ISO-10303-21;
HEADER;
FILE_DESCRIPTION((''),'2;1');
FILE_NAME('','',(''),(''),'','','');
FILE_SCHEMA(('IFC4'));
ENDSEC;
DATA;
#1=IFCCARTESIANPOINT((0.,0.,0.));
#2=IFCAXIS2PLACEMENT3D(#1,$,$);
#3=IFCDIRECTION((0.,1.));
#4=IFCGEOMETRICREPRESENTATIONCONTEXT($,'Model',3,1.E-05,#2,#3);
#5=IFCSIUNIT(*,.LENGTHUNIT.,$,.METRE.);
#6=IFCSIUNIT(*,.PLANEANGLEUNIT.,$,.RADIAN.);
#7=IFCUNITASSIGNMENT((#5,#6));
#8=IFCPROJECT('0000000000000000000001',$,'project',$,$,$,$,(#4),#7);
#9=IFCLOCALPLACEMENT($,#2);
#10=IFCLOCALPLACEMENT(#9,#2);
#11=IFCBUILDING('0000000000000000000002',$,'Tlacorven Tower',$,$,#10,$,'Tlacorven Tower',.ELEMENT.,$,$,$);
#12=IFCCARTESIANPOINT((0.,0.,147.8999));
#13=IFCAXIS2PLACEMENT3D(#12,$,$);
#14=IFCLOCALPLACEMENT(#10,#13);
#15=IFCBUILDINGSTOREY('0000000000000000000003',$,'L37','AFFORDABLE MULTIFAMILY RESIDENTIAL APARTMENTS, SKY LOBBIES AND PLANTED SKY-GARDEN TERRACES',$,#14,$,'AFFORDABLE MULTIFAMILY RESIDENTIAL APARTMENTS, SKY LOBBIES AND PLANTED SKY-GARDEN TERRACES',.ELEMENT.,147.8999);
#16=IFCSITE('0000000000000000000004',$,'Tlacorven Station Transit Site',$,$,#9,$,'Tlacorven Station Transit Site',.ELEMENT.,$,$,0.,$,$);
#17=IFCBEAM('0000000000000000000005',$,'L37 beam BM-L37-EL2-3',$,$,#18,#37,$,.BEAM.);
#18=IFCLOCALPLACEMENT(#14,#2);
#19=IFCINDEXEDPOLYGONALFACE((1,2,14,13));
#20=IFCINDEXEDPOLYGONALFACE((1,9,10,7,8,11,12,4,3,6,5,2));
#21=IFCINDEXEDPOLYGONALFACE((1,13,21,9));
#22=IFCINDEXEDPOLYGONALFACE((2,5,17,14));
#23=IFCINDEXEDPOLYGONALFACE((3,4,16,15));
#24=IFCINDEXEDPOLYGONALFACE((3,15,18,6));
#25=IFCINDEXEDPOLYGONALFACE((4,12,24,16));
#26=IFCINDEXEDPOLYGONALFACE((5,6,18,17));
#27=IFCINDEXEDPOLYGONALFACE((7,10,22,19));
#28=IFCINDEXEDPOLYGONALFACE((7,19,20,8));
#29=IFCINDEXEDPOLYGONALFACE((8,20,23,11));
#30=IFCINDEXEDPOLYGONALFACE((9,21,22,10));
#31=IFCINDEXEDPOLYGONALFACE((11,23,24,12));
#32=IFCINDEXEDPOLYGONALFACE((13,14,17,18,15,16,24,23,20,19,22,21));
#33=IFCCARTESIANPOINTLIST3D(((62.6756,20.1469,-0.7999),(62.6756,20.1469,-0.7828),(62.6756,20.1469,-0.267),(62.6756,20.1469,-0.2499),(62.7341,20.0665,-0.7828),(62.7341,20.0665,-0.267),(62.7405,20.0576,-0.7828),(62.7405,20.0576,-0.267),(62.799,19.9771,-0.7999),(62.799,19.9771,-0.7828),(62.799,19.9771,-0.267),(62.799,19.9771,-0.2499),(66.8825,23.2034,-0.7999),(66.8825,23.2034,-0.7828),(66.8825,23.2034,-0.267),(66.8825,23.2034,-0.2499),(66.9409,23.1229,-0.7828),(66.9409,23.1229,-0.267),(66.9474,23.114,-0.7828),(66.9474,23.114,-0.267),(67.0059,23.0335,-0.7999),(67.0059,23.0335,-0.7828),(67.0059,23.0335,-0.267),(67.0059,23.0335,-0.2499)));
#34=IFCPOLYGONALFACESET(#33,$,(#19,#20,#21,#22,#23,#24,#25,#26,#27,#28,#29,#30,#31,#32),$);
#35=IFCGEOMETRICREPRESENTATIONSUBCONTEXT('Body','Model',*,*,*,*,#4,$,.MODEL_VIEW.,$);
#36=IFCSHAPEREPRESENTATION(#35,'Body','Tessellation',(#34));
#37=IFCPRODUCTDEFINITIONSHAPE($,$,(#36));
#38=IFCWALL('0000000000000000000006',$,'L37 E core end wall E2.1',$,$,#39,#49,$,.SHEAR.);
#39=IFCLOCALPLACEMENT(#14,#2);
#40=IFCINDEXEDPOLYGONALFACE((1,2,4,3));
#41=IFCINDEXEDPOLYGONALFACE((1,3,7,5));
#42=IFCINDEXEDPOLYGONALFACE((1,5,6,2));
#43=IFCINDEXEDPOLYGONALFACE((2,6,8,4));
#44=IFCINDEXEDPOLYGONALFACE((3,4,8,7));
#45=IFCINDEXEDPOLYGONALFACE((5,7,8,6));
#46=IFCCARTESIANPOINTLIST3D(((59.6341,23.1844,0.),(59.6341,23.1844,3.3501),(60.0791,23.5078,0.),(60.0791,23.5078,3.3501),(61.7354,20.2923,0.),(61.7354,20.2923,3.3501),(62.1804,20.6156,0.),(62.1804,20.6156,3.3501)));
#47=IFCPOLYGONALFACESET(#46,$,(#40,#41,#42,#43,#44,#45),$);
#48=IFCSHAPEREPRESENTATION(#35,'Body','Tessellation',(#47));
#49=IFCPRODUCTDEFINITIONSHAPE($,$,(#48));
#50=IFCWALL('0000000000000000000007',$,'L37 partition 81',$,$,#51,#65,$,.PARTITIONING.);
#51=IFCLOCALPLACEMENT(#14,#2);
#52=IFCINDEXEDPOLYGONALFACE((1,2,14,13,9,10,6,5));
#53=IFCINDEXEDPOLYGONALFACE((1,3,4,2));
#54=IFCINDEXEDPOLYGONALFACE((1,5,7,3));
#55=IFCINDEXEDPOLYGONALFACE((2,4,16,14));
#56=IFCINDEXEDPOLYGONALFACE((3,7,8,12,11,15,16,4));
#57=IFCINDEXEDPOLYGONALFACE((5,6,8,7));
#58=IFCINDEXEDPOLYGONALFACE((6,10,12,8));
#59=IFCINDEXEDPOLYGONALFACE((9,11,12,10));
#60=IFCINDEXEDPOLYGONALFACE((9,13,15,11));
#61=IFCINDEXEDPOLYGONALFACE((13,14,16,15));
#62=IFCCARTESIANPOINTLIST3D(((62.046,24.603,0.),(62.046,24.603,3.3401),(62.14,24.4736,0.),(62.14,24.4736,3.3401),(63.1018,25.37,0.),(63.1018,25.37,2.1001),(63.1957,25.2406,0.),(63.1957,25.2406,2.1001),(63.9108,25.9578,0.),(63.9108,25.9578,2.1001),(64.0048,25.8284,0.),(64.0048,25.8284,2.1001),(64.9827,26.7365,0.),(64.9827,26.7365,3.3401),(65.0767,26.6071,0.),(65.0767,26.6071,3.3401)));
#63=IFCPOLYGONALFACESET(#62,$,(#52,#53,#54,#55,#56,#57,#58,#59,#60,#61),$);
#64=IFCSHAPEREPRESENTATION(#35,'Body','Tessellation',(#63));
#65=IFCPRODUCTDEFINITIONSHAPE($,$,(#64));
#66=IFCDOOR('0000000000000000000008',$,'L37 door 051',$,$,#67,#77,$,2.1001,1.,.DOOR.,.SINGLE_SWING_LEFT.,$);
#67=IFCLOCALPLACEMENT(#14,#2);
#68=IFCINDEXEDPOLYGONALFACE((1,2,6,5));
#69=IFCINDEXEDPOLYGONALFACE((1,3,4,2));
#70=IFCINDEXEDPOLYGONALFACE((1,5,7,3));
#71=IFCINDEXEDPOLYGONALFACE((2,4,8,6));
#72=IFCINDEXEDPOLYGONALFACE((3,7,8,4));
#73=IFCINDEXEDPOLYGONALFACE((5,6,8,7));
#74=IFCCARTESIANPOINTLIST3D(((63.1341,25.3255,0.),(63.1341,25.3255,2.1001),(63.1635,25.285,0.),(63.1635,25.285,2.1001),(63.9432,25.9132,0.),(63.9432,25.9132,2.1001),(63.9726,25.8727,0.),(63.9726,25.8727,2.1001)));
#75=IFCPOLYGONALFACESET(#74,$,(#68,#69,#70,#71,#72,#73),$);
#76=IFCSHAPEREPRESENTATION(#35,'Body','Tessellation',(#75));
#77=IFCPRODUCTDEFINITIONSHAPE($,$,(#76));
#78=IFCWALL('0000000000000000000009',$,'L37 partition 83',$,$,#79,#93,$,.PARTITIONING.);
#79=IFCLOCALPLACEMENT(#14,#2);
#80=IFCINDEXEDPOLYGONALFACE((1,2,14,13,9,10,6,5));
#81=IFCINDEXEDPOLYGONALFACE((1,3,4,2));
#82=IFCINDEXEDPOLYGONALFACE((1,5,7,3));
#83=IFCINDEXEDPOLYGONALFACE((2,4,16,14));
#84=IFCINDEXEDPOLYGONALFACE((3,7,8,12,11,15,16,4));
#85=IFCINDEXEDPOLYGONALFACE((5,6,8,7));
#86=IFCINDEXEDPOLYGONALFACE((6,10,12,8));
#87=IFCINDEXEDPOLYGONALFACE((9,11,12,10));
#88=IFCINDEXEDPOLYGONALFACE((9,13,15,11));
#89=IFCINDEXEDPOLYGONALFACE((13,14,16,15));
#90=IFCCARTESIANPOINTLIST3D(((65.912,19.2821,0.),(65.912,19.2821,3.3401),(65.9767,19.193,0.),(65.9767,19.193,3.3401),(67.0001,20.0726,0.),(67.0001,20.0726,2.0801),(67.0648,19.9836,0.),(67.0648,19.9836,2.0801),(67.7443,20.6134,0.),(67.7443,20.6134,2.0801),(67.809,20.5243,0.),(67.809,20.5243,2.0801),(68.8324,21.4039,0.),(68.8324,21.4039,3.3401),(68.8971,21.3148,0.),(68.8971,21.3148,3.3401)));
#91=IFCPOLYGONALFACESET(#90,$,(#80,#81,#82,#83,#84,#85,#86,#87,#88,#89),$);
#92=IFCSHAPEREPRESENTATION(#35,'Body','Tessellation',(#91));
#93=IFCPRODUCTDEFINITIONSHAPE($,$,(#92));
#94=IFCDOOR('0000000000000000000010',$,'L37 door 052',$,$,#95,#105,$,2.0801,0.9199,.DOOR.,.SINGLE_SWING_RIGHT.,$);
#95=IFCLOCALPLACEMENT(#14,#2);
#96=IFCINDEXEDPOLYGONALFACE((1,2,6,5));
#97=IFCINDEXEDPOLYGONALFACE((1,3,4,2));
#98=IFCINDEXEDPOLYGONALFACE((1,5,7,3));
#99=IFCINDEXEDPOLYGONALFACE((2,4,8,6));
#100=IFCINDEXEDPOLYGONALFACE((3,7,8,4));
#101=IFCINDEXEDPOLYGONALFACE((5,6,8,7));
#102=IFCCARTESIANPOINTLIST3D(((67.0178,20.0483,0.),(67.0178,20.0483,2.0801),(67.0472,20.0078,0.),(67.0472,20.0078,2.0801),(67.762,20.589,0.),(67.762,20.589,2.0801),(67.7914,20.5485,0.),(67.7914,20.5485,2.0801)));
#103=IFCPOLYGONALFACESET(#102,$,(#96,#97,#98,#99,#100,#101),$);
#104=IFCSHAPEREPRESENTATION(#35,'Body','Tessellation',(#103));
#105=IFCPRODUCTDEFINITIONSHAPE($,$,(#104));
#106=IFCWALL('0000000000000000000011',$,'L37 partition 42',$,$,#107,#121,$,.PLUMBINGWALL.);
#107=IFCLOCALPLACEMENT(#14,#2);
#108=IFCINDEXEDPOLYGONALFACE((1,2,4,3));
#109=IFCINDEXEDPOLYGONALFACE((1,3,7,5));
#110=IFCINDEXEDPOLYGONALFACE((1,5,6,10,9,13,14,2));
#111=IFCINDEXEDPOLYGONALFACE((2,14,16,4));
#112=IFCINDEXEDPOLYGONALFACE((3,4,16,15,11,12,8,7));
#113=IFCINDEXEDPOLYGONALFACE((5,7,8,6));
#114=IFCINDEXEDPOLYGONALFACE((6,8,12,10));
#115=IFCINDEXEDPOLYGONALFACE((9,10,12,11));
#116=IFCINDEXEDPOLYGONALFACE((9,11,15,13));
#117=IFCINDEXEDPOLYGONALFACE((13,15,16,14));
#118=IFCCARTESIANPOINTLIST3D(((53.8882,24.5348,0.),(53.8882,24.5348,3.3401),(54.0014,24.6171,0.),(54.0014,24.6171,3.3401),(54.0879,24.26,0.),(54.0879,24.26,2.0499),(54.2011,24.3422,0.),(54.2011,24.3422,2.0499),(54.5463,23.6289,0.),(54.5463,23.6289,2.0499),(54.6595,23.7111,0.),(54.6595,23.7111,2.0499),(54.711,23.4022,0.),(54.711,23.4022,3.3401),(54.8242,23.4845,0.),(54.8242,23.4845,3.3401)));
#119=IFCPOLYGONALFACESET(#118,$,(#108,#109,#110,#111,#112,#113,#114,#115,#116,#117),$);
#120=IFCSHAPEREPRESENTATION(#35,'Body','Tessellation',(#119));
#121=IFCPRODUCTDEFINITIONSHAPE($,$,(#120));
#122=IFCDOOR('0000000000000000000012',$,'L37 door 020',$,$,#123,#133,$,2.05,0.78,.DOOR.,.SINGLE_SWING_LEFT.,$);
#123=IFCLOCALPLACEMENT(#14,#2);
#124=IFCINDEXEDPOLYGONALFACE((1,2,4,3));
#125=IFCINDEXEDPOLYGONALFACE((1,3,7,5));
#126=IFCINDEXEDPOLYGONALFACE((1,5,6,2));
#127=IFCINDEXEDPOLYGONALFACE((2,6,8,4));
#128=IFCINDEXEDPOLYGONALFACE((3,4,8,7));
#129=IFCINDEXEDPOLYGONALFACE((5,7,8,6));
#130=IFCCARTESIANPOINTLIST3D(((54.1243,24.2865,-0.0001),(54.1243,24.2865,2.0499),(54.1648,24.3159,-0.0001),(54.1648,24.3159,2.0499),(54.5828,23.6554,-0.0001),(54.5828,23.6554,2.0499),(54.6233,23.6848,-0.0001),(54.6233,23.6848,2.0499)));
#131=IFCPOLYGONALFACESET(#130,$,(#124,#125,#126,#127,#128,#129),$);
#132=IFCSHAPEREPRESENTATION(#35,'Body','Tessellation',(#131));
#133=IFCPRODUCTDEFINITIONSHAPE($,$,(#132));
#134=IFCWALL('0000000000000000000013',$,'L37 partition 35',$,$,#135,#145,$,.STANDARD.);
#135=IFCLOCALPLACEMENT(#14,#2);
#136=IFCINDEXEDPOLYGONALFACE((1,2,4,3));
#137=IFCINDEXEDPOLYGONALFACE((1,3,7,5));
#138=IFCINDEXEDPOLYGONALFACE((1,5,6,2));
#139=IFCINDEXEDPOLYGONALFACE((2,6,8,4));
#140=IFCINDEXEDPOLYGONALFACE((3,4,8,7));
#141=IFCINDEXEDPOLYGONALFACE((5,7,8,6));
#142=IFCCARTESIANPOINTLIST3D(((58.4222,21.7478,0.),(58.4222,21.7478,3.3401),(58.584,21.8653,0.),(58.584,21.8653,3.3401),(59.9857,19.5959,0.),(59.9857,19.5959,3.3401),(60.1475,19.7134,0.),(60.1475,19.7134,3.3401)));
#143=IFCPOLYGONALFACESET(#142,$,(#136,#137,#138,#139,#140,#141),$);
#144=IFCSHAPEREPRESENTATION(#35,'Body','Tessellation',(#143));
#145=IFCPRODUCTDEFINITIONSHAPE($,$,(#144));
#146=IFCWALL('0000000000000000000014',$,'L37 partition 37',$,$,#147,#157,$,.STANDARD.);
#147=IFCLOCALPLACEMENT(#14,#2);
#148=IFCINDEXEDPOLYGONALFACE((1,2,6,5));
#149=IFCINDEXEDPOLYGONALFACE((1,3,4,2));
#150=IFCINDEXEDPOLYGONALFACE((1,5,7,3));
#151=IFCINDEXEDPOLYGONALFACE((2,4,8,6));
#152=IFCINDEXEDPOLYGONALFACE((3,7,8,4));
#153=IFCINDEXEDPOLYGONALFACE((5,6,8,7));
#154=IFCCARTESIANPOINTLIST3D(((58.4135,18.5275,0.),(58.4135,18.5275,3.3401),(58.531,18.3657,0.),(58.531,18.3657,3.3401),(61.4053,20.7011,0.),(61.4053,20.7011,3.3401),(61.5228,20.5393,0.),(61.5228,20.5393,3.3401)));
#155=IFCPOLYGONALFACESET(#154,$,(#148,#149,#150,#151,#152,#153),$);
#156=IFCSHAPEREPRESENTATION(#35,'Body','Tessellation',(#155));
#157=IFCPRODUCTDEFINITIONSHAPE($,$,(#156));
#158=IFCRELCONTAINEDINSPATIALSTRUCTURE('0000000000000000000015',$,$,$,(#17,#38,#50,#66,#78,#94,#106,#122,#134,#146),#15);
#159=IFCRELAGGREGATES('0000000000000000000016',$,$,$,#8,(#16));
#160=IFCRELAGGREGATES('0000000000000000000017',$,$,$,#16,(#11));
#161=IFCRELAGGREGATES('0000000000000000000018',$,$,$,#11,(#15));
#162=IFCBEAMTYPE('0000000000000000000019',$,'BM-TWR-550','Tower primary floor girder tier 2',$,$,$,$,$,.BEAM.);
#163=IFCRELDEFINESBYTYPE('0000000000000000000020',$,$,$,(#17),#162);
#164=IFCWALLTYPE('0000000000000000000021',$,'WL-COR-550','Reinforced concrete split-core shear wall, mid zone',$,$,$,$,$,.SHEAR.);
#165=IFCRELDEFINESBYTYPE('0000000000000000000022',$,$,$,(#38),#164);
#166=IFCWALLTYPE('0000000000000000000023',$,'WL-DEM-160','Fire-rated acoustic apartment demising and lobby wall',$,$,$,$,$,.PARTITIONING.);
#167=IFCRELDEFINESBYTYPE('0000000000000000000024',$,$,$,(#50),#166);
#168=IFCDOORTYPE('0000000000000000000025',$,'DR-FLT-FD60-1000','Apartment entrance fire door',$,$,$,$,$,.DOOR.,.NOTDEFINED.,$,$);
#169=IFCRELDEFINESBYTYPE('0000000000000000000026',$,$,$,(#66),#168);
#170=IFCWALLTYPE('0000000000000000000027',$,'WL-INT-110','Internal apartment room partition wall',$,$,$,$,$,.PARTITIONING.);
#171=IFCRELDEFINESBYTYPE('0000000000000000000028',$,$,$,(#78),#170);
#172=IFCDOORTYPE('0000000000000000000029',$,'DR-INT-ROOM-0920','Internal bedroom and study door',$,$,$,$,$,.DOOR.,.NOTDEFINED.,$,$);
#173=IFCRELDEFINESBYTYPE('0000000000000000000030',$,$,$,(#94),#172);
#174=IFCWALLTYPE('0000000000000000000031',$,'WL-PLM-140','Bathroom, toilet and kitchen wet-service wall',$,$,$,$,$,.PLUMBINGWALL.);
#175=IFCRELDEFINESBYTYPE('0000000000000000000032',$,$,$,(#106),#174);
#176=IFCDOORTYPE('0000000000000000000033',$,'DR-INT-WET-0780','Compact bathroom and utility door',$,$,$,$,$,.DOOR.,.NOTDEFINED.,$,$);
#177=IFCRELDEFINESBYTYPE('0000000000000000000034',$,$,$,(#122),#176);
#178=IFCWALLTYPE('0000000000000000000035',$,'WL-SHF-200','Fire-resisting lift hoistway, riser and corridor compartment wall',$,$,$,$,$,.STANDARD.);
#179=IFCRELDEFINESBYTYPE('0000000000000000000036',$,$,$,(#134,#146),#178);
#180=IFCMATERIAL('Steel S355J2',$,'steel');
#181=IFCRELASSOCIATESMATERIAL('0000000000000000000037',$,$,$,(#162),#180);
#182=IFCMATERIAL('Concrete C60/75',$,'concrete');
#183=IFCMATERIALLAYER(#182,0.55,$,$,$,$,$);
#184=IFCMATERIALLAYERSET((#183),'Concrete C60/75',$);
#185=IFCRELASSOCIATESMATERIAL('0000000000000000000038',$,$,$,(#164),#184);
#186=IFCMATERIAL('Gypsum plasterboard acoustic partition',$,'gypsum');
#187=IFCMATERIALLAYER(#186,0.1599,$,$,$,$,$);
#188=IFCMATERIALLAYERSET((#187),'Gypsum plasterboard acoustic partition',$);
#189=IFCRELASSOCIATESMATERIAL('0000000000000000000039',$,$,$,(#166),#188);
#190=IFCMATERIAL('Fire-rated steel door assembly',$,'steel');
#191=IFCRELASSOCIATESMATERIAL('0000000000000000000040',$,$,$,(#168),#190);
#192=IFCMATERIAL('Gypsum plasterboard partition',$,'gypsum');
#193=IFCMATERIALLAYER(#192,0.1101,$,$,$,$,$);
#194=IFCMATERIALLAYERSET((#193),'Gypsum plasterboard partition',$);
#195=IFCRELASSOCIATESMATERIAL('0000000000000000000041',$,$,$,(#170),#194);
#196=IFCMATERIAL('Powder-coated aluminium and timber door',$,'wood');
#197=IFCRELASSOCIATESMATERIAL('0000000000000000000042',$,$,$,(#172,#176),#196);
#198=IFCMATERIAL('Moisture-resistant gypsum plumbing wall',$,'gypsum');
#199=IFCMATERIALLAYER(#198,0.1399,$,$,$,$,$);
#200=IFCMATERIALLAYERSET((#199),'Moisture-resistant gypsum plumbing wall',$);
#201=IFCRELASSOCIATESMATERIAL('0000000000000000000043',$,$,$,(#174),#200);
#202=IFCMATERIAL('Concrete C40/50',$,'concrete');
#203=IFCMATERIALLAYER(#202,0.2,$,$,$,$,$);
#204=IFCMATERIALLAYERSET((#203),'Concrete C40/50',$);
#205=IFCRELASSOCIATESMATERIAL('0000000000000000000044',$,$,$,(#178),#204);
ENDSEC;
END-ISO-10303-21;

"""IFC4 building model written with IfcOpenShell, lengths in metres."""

from ifc_helpers import new_model, si_unit, direction, frame, frame_2d, origin, origin_2d, place, context, subcontext, project, spatial, rectangle, i_section, extrude, source, transform, mapped, material, layer, layer_set, material_profile, profile_set, type_object, element, fill, save


model = new_model("IFC4")

# Units and contexts
model_context = context("Model", 3, precision=1e-05, world=origin(), true_north=direction((0.0, 1.0)))
body_context = subcontext(model_context, "Body", "Model", "MODEL_VIEW")
ifc_project = project(units=[si_unit("LENGTHUNIT", "METRE"), si_unit("PLANEANGLEUNIT", "RADIAN")], contexts=[model_context])

# Site, building, storey
site_placement = place(None, origin())
site = spatial("IfcSite", under=ifc_project, at=site_placement, Name="Tlacorven Station Transit Site", LongName="Tlacorven Station Transit Site", CompositionType="ELEMENT", RefElevation=0.0)
building_placement = place(site_placement, origin())
building = spatial("IfcBuilding", under=site, at=building_placement, Name="Tlacorven Tower", LongName="Tlacorven Tower", CompositionType="ELEMENT")
storey_placement = place(building_placement, frame((0.0, 0.0, 147.8999)))
storey = spatial("IfcBuildingStorey", under=building, at=storey_placement, Name="L37", Description="AFFORDABLE MULTIFAMILY RESIDENTIAL APARTMENTS, SKY LOBBIES AND PLANTED SKY-GARDEN TERRACES", LongName="AFFORDABLE MULTIFAMILY RESIDENTIAL APARTMENTS, SKY LOBBIES AND PLANTED SKY-GARDEN TERRACES", CompositionType="ELEMENT", Elevation=147.8999)

# Beam
ifc_material_1 = material(Name="Concrete C60/75", Category="concrete")
ifc_material_2 = material(Name="Steel S355J2", Category="steel")
ifc_material_profile_1 = material_profile(ifc_material_2, i_section(OverallWidth=0.21, OverallDepth=0.55, WebThickness=0.011, FlangeThickness=0.0171, at=origin_2d()), Name="IPE 550")
ifc_profile_set_1 = profile_set([ifc_material_profile_1], Name="Steel S355J2")
beam_type_1 = type_object("IfcBeamType", Name="BM-TWR-550", Description="Tower primary floor girder tier 2", PredefinedType="BEAM", material=ifc_profile_set_1)
shared_shape_1 = source(origin(), body_context, "Body", "SweptSolid", [
    extrude(i_section(OverallWidth=0.21, OverallDepth=0.55, WebThickness=0.011, FlangeThickness=0.0171, at=origin_2d()), origin(), (0.0, 0.0, 1.0), 5.2),
])
beam_1_placement = place(storey_placement, frame((62.7373, 20.062, -0.5249), z_axis=(0.809018, 0.587784, 0.0), x_axis=(-0.587784, 0.809018, 0.0)))
element("IfcBeam", 1, at=beam_1_placement, inside=storey, type_object=beam_type_1, Name="L37 beam BM-L37-EL2-3", PredefinedType="BEAM", context=body_context, shape_type="MappedRepresentation", body=[
    mapped(shared_shape_1, transform((0.0, 0.0, 0.0), scale=1.0)),
])

# Wall
ifc_layer_1 = layer(ifc_material_1, 0.55)
ifc_layer_set_1 = layer_set([ifc_layer_1], Name="Concrete C60/75")
wall_type_1 = type_object("IfcWallType", Name="WL-COR-550", Description="Reinforced concrete split-core shear wall, mid zone", PredefinedType="SHEAR", material=ifc_layer_set_1)
wall_1_placement = place(storey_placement, frame((61.958, 20.4539, 0.0), z_axis=(0.0, 0.0, 1.0), x_axis=(-0.587802, 0.809005, 0.0)))
element("IfcWall", 2, at=wall_1_placement, inside=storey, type_object=wall_type_1, Name="L37 E core end wall E2.1", PredefinedType="SHEAR", context=body_context, shape_type="SweptSolid", body=[
    extrude(rectangle(XDim=3.575, YDim=0.55, at=frame_2d((1.7876, 0.0))), origin(), (0.0, 0.0, 1.0), 3.3501),
])

# Walls, openings, doors
ifc_material_3 = material(Name="Gypsum plasterboard acoustic partition", Category="gypsum")
ifc_layer_2 = layer(ifc_material_3, 0.1599)
ifc_layer_set_2 = layer_set([ifc_layer_2], Name="Gypsum plasterboard acoustic partition")
wall_type_2 = type_object("IfcWallType", Name="WL-DEM-160", Description="Fire-rated acoustic apartment demising and lobby wall", PredefinedType="PARTITIONING", material=ifc_layer_set_2)
wall_2_placement = place(storey_placement, frame((62.093, 24.5383, 0.0), z_axis=(0.0, 0.0, 1.0), x_axis=(0.809036, 0.58776, 0.0)))
wall_2 = element("IfcWall", 3, at=wall_2_placement, inside=storey, type_object=wall_type_2, Name="L37 partition 81", PredefinedType="PARTITIONING", context=body_context, shape_type="SweptSolid", body=[
    extrude(rectangle(XDim=3.6299, YDim=0.1599, at=frame_2d((1.8149, 0.0))), origin(), (0.0, 0.0, 1.0), 3.3401),
])
opening_1_placement = place(wall_2_placement, frame((1.3049, 0.0, 0.0)))
opening_1 = element("IfcOpeningElement", 4, at=opening_1_placement, cuts=wall_2, PredefinedType="OPENING", context=body_context, shape_type="SweptSolid", body=[
    extrude(rectangle(XDim=1.0, YDim=2.1001, at=frame_2d((0.5, 1.05))), frame((0.0, 0.0898, 0.0), z_axis=(0.0, -1.0, 0.0), x_axis=(1.0, 0.0, 0.0)), (0.0, 0.0, 1.0), 0.1799),
])
ifc_material_4 = material(Name="Fire-rated steel door assembly", Category="steel")
door_type_1 = type_object("IfcDoorType", Name="DR-FLT-FD60-1000", Description="Apartment entrance fire door", OperationType="NOTDEFINED", PredefinedType="DOOR", material=ifc_material_4)
shared_shape_2 = source(origin(), body_context, "Body", "SweptSolid", [
    extrude(rectangle(XDim=1.0, YDim=2.1001, at=frame_2d((0.5, 1.05))), frame((0.0, 0.0249, 0.0), z_axis=(0.0, -1.0, 0.0), x_axis=(1.0, 0.0, 0.0)), (0.0, 0.0, 1.0), 0.05),
])
door_1_placement = place(opening_1_placement, origin())
door_1 = element("IfcDoor", 5, at=door_1_placement, inside=storey, type_object=door_type_1, Name="L37 door 051", OperationType="SINGLE_SWING_LEFT", OverallHeight=2.1001, OverallWidth=1.0, PredefinedType="DOOR", context=body_context, shape_type="MappedRepresentation", body=[
    mapped(shared_shape_2, transform((0.0, 0.0, 0.0), scale=1.0)),
])
fill(opening_1, door_1)
ifc_material_5 = material(Name="Gypsum plasterboard partition", Category="gypsum")
ifc_layer_3 = layer(ifc_material_5, 0.1101)
ifc_layer_set_3 = layer_set([ifc_layer_3], Name="Gypsum plasterboard partition")
wall_type_3 = type_object("IfcWallType", Name="WL-INT-110", Description="Internal apartment room partition wall", PredefinedType="PARTITIONING", material=ifc_layer_set_3)
wall_3_placement = place(storey_placement, frame((65.9443, 19.2375, 0.0), z_axis=(0.0, 0.0, 1.0), x_axis=(0.809014, 0.58779, 0.0)))
wall_3 = element("IfcWall", 6, at=wall_3_placement, inside=storey, type_object=wall_type_3, Name="L37 partition 83", PredefinedType="PARTITIONING", context=body_context, shape_type="SweptSolid", body=[
    extrude(rectangle(XDim=3.6099, YDim=0.1101, at=frame_2d((1.8049, 0.0))), origin(), (0.0, 0.0, 1.0), 3.3401),
])
opening_2_placement = place(wall_3_placement, frame((1.345, 0.0, 0.0)))
opening_2 = element("IfcOpeningElement", 7, at=opening_2_placement, cuts=wall_3, PredefinedType="OPENING", context=body_context, shape_type="SweptSolid", body=[
    extrude(rectangle(XDim=0.9199, YDim=2.0801, at=frame_2d((0.46, 1.04))), frame((0.0, 0.0649, 0.0), z_axis=(0.0, -1.0, 0.0), x_axis=(1.0, 0.0, 0.0)), (0.0, 0.0, 1.0), 0.1301),
])
ifc_material_6 = material(Name="Powder-coated aluminium and timber door", Category="wood")
door_type_2 = type_object("IfcDoorType", Name="DR-INT-ROOM-0920", Description="Internal bedroom and study door", OperationType="NOTDEFINED", PredefinedType="DOOR", material=ifc_material_6)
shared_shape_3 = source(origin(), body_context, "Body", "SweptSolid", [
    extrude(rectangle(XDim=0.9199, YDim=2.0801, at=frame_2d((0.46, 1.04))), frame((0.0, 0.0249, 0.0), z_axis=(0.0, -1.0, 0.0), x_axis=(1.0, 0.0, 0.0)), (0.0, 0.0, 1.0), 0.05),
])
door_2_placement = place(opening_2_placement, origin())
door_2 = element("IfcDoor", 8, at=door_2_placement, inside=storey, type_object=door_type_2, Name="L37 door 052", OperationType="SINGLE_SWING_RIGHT", OverallHeight=2.0801, OverallWidth=0.9199, PredefinedType="DOOR", context=body_context, shape_type="MappedRepresentation", body=[
    mapped(shared_shape_3, transform((0.0, 0.0, 0.0), scale=1.0)),
])
fill(opening_2, door_2)
ifc_material_7 = material(Name="Moisture-resistant gypsum plumbing wall", Category="gypsum")
ifc_layer_4 = layer(ifc_material_7, 0.1399)
ifc_layer_set_4 = layer_set([ifc_layer_4], Name="Moisture-resistant gypsum plumbing wall")
wall_type_4 = type_object("IfcWallType", Name="WL-PLM-140", Description="Bathroom, toilet and kitchen wet-service wall", PredefinedType="PLUMBINGWALL", material=ifc_layer_set_4)
wall_4_placement = place(storey_placement, frame((54.7676, 23.4434, 0.0), z_axis=(0.0, 0.0, 1.0), x_axis=(-0.587736, 0.809053, 0.0)))
wall_4 = element("IfcWall", 9, at=wall_4_placement, inside=storey, type_object=wall_type_4, Name="L37 partition 42", PredefinedType="PLUMBINGWALL", context=body_context, shape_type="SweptSolid", body=[
    extrude(rectangle(XDim=1.3999, YDim=0.1399, at=frame_2d((0.7, 0.0))), origin(), (0.0, 0.0, 1.0), 3.3401),
])
opening_3_placement = place(wall_4_placement, frame((0.28, 0.0, 0.0)))
opening_3 = element("IfcOpeningElement", 10, at=opening_3_placement, cuts=wall_4, PredefinedType="OPENING", context=body_context, shape_type="SweptSolid", body=[
    extrude(rectangle(XDim=0.78, YDim=2.05, at=frame_2d((0.3901, 1.0249))), frame((0.0, 0.0801, 0.0), z_axis=(0.0, -1.0, 0.0), x_axis=(1.0, 0.0, 0.0)), (0.0, 0.0, 1.0), 0.1599),
])
door_type_3 = type_object("IfcDoorType", Name="DR-INT-WET-0780", Description="Compact bathroom and utility door", OperationType="NOTDEFINED", PredefinedType="DOOR", material=ifc_material_6)
shared_shape_4 = source(origin(), body_context, "Body", "SweptSolid", [
    extrude(rectangle(XDim=0.78, YDim=2.05, at=frame_2d((0.3901, 1.0249))), frame((0.0, 0.0249, 0.0), z_axis=(0.0, -1.0, 0.0), x_axis=(1.0, 0.0, 0.0)), (0.0, 0.0, 1.0), 0.05),
])
door_3_placement = place(opening_3_placement, origin())
door_3 = element("IfcDoor", 11, at=door_3_placement, inside=storey, type_object=door_type_3, Name="L37 door 020", OperationType="SINGLE_SWING_LEFT", OverallHeight=2.05, OverallWidth=0.78, PredefinedType="DOOR", context=body_context, shape_type="MappedRepresentation", body=[
    mapped(shared_shape_4, transform((0.0, 0.0, 0.0), scale=1.0)),
])
fill(opening_3, door_3)

# Shared definitions
ifc_material_8 = material(Name="Concrete C40/50", Category="concrete")
ifc_layer_5 = layer(ifc_material_8, 0.2)
ifc_layer_set_5 = layer_set([ifc_layer_5], Name="Concrete C40/50")
wall_type_5 = type_object("IfcWallType", Name="WL-SHF-200", Description="Fire-resisting lift hoistway, riser and corridor compartment wall", PredefinedType="STANDARD", material=ifc_layer_set_5)

# Walls
wall_5_placement = place(storey_placement, frame((60.0667, 19.6545, 0.0), z_axis=(0.0, 0.0, 1.0), x_axis=(-0.587801, 0.809006, 0.0)))
element("IfcWall", 12, at=wall_5_placement, inside=storey, type_object=wall_type_5, Name="L37 partition 35", PredefinedType="STANDARD", context=body_context, shape_type="SweptSolid", body=[
    extrude(rectangle(XDim=2.6599, YDim=0.2, at=frame_2d((1.3301, 0.0))), origin(), (0.0, 0.0, 1.0), 3.3401),
])
wall_6_placement = place(storey_placement, frame((58.4722, 18.4465, 0.0), z_axis=(0.0, 0.0, 1.0), x_axis=(0.809019, 0.587783, 0.0)))
element("IfcWall", 13, at=wall_6_placement, inside=storey, type_object=wall_type_5, Name="L37 partition 37", PredefinedType="STANDARD", context=body_context, shape_type="SweptSolid", body=[
    extrude(rectangle(XDim=3.698, YDim=0.2, at=frame_2d((1.8491, 0.0))), origin(), (0.0, 0.0, 1.0), 3.3401),
])

save(model, "model.ifc")
